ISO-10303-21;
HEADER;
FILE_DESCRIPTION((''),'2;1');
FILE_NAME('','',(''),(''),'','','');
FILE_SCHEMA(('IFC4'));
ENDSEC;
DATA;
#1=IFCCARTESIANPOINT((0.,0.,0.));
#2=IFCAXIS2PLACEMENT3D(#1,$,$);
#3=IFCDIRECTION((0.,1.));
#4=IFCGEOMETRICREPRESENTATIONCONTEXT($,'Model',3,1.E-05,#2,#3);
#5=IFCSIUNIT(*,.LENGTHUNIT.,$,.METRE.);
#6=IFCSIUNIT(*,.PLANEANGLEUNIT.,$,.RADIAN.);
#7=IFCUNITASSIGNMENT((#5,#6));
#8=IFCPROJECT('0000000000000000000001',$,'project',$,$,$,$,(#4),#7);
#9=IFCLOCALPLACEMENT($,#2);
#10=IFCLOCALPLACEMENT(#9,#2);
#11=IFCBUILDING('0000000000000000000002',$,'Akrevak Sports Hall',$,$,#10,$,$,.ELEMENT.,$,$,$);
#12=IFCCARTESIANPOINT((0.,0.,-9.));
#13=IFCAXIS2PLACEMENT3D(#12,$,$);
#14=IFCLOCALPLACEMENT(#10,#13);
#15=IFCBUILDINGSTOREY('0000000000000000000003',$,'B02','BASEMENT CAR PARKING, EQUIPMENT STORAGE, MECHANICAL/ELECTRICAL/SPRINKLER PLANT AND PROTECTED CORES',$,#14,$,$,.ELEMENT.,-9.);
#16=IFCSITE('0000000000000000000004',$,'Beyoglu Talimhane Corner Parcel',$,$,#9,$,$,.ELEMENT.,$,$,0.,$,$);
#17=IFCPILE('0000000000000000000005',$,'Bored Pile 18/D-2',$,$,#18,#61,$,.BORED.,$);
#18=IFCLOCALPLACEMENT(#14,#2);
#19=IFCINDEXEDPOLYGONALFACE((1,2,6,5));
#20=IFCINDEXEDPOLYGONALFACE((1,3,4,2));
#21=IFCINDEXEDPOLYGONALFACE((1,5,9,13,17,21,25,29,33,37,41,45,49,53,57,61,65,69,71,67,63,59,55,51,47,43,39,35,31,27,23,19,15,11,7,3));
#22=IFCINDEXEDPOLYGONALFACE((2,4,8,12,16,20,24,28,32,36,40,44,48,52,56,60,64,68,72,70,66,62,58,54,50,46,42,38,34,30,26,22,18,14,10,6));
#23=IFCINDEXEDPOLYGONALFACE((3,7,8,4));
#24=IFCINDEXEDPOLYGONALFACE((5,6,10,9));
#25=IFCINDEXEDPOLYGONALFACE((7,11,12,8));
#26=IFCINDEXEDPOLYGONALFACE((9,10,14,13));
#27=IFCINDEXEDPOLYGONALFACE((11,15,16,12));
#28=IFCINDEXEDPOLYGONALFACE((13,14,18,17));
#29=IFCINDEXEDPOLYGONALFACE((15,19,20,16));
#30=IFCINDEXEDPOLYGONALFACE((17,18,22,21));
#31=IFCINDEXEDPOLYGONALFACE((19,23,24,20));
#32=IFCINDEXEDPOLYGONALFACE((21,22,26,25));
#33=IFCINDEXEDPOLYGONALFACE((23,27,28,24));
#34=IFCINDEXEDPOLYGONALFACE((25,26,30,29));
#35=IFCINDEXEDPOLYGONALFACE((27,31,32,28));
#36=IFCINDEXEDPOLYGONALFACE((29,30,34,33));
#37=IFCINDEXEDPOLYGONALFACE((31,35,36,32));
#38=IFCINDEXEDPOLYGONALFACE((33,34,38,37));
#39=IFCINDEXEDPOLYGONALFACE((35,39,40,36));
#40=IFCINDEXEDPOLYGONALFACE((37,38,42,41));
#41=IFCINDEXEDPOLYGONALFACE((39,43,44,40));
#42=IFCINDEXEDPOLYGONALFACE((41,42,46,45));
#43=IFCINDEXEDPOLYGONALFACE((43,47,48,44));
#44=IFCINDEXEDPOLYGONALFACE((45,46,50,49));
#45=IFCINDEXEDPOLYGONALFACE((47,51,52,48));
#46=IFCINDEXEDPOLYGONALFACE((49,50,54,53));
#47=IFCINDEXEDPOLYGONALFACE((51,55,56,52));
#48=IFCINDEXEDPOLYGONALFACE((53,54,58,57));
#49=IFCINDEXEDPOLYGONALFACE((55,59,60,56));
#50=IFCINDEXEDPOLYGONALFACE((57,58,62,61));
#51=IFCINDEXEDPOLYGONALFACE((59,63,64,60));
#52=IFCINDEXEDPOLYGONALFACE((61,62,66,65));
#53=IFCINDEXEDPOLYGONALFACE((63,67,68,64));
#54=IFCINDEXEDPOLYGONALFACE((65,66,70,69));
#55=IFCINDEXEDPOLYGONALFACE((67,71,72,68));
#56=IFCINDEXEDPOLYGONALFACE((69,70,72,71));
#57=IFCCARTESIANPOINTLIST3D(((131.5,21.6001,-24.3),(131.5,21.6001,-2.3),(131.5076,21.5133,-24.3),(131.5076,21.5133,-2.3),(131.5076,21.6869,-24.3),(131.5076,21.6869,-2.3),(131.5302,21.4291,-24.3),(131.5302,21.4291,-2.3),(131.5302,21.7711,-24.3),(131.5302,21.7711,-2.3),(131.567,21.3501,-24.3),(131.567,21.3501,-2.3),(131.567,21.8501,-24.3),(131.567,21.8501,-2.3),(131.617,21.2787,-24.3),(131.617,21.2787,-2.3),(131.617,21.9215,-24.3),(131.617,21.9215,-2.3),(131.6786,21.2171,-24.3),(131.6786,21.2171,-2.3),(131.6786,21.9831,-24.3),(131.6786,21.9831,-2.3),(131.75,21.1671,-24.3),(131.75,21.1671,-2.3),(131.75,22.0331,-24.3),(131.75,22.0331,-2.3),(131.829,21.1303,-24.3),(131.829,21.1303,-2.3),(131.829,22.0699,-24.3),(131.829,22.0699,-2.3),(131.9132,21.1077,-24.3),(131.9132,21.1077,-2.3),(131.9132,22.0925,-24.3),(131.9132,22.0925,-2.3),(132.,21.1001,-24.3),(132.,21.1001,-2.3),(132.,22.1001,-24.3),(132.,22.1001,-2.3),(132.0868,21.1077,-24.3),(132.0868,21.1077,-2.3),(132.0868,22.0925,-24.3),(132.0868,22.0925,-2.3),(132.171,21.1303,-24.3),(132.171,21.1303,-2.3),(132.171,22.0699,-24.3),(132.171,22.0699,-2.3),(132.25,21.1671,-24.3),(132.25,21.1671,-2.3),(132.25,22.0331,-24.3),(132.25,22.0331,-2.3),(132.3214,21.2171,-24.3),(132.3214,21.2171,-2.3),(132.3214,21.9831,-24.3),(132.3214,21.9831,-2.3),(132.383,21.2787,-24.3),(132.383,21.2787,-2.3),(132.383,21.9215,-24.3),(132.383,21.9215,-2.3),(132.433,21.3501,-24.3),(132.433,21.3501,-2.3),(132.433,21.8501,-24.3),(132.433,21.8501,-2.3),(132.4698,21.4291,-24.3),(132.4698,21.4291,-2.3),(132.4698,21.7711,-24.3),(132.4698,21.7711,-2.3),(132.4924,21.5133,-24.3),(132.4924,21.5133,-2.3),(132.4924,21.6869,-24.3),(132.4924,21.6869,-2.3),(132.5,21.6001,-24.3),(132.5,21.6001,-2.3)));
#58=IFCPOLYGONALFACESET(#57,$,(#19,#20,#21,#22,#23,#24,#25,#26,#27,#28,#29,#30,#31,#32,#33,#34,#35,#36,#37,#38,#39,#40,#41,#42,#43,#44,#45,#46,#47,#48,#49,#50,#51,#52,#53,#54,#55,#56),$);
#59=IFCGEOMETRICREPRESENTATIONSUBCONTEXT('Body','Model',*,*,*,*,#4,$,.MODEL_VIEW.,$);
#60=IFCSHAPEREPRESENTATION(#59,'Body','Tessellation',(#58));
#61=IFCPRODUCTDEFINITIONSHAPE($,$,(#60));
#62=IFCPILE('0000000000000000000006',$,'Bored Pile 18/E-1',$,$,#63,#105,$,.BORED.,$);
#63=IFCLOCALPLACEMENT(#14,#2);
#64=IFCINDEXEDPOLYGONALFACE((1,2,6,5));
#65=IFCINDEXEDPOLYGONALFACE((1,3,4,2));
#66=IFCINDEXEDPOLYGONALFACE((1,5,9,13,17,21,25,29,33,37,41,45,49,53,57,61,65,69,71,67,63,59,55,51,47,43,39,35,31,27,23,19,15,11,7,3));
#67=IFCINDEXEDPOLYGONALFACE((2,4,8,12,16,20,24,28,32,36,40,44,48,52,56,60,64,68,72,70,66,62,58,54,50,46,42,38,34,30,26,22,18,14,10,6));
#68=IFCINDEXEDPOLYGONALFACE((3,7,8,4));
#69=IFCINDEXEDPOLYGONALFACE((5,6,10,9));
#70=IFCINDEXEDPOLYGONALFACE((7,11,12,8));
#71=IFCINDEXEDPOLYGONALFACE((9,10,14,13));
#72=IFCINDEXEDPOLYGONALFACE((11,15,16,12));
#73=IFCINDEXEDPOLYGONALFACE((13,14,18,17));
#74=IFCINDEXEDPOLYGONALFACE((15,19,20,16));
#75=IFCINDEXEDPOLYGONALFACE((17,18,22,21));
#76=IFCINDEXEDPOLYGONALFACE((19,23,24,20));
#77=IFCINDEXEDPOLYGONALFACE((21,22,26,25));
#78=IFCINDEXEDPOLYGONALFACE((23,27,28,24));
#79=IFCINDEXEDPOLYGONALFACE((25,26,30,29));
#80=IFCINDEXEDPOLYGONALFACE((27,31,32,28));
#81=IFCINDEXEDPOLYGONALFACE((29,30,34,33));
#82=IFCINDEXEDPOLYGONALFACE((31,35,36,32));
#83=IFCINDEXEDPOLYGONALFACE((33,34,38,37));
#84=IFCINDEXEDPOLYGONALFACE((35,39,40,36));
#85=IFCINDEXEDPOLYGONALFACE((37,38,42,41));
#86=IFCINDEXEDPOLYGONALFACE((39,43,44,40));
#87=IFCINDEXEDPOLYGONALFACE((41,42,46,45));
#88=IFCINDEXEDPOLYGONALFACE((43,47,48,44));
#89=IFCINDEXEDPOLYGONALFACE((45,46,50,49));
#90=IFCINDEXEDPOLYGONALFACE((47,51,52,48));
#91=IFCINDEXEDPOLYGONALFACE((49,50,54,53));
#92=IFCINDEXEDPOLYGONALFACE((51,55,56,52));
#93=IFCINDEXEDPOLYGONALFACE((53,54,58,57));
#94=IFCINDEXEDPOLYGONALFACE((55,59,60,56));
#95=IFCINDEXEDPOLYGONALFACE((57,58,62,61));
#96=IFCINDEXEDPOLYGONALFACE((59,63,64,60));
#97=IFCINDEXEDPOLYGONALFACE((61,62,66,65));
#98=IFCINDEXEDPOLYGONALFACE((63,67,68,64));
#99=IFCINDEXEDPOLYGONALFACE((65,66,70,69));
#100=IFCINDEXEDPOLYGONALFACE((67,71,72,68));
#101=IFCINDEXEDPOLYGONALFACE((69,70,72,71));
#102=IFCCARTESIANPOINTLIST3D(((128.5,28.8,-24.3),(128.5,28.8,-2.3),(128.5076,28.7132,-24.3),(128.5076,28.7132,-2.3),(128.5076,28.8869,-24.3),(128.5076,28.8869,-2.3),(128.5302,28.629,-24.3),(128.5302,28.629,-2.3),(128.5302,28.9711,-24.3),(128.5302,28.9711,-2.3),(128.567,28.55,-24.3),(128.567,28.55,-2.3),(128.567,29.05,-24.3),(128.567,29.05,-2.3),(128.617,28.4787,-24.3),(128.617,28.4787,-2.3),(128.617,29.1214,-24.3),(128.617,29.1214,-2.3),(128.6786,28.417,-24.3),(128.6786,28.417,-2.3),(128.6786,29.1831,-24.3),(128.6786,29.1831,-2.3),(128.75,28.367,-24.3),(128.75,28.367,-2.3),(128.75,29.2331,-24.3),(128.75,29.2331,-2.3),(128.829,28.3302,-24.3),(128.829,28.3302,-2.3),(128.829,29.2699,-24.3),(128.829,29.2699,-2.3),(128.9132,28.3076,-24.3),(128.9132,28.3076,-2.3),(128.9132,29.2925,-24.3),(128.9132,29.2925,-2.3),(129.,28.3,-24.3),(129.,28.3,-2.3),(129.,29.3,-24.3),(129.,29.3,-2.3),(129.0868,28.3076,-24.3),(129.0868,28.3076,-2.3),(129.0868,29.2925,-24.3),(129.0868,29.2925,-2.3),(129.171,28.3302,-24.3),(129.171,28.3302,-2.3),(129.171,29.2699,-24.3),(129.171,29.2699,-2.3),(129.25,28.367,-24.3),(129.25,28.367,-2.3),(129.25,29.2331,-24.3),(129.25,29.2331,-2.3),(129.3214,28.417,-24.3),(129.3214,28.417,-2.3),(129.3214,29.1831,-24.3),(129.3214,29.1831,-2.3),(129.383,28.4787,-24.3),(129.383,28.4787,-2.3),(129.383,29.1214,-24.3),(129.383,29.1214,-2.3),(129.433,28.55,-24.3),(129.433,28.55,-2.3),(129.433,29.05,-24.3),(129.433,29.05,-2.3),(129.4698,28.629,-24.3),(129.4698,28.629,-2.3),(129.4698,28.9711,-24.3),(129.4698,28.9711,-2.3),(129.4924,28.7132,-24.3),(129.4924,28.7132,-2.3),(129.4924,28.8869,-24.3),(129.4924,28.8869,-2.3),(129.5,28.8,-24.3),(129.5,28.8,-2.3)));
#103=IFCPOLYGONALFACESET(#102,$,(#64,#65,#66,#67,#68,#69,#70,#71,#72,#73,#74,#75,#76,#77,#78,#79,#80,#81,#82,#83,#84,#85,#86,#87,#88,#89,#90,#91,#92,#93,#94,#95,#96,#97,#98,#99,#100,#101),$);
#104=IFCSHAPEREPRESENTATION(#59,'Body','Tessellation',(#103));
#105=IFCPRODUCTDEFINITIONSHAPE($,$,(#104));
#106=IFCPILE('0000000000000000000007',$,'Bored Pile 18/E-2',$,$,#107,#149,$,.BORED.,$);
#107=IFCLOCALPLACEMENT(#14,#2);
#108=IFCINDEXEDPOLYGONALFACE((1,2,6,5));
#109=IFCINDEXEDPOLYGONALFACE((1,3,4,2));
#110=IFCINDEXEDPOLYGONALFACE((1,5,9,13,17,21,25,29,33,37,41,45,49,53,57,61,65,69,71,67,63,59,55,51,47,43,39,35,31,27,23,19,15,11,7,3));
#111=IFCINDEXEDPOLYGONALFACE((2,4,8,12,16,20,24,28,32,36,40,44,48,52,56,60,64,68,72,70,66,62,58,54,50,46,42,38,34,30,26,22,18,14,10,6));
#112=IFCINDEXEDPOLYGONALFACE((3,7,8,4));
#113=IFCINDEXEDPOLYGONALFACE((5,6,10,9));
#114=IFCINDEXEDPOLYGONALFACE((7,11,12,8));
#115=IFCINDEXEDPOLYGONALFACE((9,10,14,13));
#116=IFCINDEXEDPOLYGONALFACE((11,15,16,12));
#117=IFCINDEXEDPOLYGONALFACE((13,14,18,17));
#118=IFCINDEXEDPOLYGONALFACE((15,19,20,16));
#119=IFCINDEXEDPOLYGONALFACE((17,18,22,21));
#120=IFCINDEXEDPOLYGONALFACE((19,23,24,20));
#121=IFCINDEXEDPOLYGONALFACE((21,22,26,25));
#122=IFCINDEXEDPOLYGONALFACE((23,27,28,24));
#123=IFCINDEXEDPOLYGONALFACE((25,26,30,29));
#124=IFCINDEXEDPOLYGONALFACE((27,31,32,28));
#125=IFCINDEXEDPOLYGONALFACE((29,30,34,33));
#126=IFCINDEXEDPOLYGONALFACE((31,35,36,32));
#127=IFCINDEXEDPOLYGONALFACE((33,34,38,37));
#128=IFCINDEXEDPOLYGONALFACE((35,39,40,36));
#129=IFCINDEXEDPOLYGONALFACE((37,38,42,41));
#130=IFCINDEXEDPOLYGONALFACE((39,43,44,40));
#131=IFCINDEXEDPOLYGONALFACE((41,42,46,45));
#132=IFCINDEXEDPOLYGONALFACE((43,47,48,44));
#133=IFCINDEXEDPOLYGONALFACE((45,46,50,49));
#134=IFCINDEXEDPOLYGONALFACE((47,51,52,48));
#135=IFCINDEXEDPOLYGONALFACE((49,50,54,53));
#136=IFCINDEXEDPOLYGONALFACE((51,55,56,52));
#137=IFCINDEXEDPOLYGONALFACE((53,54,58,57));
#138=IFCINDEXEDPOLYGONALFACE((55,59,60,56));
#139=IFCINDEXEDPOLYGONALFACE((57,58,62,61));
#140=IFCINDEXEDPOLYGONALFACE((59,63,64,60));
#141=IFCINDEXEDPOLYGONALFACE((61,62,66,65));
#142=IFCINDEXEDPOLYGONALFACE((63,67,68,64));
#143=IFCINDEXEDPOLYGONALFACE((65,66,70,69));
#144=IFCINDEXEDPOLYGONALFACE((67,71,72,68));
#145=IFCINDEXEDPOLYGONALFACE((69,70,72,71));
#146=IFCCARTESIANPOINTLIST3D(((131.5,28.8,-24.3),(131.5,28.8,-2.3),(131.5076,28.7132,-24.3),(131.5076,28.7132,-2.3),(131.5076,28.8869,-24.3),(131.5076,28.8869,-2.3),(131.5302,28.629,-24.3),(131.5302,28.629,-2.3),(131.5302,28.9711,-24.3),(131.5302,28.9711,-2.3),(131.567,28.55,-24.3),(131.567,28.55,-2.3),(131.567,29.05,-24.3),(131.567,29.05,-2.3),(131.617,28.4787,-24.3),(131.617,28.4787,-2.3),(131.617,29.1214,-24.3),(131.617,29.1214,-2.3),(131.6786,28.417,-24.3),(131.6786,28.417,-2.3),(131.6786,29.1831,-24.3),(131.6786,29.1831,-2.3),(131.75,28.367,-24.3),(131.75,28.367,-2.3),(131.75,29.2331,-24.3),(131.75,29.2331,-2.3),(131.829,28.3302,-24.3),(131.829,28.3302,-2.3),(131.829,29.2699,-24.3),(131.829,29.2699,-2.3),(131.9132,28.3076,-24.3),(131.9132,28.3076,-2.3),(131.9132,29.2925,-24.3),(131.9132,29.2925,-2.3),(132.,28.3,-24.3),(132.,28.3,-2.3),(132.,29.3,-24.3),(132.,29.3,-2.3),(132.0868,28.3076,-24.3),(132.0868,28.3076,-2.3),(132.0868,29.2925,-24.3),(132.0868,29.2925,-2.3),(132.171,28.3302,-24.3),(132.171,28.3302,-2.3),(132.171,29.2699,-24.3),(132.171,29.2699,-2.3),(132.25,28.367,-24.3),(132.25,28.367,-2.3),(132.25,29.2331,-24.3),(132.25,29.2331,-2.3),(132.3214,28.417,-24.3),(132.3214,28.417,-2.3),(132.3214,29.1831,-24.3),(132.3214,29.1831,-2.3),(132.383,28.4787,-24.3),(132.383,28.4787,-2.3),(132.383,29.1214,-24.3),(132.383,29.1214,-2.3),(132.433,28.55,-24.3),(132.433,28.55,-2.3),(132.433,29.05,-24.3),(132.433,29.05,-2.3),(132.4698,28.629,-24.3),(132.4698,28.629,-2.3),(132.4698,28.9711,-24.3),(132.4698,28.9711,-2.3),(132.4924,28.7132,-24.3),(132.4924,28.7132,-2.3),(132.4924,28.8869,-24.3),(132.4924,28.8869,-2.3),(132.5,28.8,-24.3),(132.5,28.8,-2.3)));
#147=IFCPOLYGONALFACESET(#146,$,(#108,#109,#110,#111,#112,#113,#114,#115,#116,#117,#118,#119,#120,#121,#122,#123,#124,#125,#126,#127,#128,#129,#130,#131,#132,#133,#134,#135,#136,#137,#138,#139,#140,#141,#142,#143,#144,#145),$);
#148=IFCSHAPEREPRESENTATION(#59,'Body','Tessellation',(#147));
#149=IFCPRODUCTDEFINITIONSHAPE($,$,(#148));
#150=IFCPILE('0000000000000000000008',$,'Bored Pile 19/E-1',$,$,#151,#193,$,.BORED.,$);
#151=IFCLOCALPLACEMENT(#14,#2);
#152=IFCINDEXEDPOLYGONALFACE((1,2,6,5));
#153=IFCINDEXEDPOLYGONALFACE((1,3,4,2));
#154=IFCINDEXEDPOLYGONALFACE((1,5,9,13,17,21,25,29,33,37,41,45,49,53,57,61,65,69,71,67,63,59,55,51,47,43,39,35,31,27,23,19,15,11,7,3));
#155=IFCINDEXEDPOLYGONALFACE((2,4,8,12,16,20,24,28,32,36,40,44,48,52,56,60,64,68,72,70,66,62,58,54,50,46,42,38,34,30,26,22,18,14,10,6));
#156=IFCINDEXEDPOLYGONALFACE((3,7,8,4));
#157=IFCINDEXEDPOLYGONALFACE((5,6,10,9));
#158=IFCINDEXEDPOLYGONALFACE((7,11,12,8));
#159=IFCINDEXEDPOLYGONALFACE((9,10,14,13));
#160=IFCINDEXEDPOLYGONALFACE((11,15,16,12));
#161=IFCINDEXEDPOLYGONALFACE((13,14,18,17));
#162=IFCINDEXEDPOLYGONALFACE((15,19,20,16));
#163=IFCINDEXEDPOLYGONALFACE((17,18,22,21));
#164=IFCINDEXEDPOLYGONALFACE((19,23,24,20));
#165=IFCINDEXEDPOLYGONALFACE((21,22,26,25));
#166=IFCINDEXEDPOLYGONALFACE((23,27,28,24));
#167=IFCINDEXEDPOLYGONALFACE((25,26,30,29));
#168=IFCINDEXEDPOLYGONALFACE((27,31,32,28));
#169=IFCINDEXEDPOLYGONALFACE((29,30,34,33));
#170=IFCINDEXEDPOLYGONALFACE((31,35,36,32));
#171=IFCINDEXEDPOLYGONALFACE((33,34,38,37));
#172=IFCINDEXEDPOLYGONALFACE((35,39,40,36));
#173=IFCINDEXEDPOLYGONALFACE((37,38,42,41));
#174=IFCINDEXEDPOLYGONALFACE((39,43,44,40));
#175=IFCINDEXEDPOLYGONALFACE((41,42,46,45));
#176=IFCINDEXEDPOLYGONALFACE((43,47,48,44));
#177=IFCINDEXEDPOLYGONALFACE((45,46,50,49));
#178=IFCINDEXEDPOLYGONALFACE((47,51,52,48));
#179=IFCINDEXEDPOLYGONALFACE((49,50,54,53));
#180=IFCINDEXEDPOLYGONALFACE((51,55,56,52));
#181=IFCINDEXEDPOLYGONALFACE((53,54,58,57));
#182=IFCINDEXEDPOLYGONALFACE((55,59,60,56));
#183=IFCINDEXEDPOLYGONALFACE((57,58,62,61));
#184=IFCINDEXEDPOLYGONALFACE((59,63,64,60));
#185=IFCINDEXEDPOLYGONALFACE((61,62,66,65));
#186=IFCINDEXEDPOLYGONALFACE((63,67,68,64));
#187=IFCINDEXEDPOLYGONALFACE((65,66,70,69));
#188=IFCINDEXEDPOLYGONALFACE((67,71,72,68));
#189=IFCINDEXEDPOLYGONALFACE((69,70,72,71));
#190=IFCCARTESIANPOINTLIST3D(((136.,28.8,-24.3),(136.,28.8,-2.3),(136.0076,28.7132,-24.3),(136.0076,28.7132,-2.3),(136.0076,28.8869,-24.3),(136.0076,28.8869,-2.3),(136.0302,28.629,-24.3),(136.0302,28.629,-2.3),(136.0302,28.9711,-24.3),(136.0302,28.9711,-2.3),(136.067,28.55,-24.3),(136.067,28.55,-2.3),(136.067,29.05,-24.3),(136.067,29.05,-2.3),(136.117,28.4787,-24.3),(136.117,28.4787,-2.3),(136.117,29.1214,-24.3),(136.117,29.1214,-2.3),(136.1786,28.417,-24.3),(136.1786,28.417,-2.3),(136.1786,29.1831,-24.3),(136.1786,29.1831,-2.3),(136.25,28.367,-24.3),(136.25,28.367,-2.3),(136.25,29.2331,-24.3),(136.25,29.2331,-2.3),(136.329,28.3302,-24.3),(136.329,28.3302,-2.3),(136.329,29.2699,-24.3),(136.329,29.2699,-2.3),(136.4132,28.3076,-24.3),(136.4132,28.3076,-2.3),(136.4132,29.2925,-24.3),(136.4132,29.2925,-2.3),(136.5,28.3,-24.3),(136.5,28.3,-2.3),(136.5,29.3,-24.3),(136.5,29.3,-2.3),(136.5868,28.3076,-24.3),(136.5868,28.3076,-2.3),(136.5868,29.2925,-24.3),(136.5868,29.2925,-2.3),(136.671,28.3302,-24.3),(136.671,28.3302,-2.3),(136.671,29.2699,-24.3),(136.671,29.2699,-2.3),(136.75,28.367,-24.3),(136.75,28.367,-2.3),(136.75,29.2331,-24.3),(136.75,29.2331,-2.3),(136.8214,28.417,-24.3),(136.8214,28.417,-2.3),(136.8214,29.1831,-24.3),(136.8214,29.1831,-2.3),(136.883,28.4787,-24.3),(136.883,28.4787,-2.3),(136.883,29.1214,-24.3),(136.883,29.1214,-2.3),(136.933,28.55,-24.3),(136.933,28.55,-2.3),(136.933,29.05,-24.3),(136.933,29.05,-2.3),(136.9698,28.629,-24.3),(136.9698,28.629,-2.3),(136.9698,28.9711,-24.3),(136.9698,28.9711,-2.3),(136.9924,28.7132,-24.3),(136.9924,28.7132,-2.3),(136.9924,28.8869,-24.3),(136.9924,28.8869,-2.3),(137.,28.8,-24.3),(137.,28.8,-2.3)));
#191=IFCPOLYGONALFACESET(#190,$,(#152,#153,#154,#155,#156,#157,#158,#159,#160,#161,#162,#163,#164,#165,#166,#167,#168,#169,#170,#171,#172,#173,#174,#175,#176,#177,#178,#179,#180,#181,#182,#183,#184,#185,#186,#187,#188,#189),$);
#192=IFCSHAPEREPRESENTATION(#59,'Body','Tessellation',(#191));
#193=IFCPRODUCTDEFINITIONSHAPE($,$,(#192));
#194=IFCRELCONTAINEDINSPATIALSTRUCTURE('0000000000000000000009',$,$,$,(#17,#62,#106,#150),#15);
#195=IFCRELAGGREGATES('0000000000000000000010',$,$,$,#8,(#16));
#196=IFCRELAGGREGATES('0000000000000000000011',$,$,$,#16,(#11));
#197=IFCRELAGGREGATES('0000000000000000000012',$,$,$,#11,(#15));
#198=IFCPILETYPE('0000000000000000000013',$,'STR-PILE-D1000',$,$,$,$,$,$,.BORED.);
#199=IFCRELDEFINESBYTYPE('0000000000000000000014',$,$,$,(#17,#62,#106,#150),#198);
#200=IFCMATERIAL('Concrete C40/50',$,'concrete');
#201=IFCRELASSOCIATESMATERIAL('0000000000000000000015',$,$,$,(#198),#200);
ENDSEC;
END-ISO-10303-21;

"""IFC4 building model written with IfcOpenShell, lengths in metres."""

from ifc_helpers import new_model, si_unit, direction, frame, origin, origin_2d, place, context, subcontext, project, spatial, circle, extrude, material, material_profile, profile_set, type_object, element, save


model = new_model("IFC4")

# Units and contexts
model_context = context("Model", 3, precision=1e-05, world=origin(), true_north=direction((0.0, 1.0)))
body_context = subcontext(model_context, "Body", "Model", "MODEL_VIEW")
ifc_project = project(units=[si_unit("LENGTHUNIT", "METRE"), si_unit("PLANEANGLEUNIT", "RADIAN")], contexts=[model_context])

# Site, building, storey
site_placement = place(None, origin())
site = spatial("IfcSite", under=ifc_project, at=site_placement, Name="Beyoglu Talimhane Corner Parcel", CompositionType="ELEMENT", RefElevation=0.0)
building_placement = place(site_placement, origin())
building = spatial("IfcBuilding", under=site, at=building_placement, Name="Akrevak Sports Hall", CompositionType="ELEMENT")
storey_placement = place(building_placement, frame((0.0, 0.0, -9.0)))
storey = spatial("IfcBuildingStorey", under=building, at=storey_placement, Name="B02", Description="BASEMENT CAR PARKING, EQUIPMENT STORAGE, MECHANICAL/ELECTRICAL/SPRINKLER PLANT AND PROTECTED CORES", CompositionType="ELEMENT", Elevation=-9.0)

# Shared definitions
ifc_material_1 = material(Name="Concrete C40/50", Category="concrete")

# Piles
ifc_material_profile_1 = material_profile(ifc_material_1, circle(Radius=0.5, at=origin_2d()), Name="BORED PILE D1000", Category="concrete")
ifc_profile_set_1 = profile_set([ifc_material_profile_1], Name="Concrete C40/50")
pile_type_1 = type_object("IfcPileType", Name="STR-PILE-D1000", PredefinedType="BORED", material=ifc_profile_set_1)
for number, where, z_axis, x_axis, name in (
    (1, (132.0, 21.6001, -2.3), (0.0, 0.0, -1.0), (1.0, 0.0, 0.0), "Bored Pile 18/D-2"),
    (2, (129.0, 28.8, -2.3), (0.0, 0.0, -1.0), (1.0, 0.0, 0.0), "Bored Pile 18/E-1"),
    (3, (132.0, 28.8, -2.3), (0.0, 0.0, -1.0), (1.0, 0.0, 0.0), "Bored Pile 18/E-2"),
    (4, (136.5, 28.8, -2.3), (0.0, 0.0, -1.0), (1.0, 0.0, 0.0), "Bored Pile 19/E-1"),
):
    element("IfcPile", number, at=place(storey_placement, frame(where, z_axis=z_axis, x_axis=x_axis)), inside=storey, type_object=pile_type_1, Name=name, PredefinedType="BORED", context=body_context, shape_type="SweptSolid", body=[
        extrude(circle(Radius=0.5, at=origin_2d()), origin(), (0.0, 0.0, 1.0), 22.0),
    ])

save(model, "model.ifc")
